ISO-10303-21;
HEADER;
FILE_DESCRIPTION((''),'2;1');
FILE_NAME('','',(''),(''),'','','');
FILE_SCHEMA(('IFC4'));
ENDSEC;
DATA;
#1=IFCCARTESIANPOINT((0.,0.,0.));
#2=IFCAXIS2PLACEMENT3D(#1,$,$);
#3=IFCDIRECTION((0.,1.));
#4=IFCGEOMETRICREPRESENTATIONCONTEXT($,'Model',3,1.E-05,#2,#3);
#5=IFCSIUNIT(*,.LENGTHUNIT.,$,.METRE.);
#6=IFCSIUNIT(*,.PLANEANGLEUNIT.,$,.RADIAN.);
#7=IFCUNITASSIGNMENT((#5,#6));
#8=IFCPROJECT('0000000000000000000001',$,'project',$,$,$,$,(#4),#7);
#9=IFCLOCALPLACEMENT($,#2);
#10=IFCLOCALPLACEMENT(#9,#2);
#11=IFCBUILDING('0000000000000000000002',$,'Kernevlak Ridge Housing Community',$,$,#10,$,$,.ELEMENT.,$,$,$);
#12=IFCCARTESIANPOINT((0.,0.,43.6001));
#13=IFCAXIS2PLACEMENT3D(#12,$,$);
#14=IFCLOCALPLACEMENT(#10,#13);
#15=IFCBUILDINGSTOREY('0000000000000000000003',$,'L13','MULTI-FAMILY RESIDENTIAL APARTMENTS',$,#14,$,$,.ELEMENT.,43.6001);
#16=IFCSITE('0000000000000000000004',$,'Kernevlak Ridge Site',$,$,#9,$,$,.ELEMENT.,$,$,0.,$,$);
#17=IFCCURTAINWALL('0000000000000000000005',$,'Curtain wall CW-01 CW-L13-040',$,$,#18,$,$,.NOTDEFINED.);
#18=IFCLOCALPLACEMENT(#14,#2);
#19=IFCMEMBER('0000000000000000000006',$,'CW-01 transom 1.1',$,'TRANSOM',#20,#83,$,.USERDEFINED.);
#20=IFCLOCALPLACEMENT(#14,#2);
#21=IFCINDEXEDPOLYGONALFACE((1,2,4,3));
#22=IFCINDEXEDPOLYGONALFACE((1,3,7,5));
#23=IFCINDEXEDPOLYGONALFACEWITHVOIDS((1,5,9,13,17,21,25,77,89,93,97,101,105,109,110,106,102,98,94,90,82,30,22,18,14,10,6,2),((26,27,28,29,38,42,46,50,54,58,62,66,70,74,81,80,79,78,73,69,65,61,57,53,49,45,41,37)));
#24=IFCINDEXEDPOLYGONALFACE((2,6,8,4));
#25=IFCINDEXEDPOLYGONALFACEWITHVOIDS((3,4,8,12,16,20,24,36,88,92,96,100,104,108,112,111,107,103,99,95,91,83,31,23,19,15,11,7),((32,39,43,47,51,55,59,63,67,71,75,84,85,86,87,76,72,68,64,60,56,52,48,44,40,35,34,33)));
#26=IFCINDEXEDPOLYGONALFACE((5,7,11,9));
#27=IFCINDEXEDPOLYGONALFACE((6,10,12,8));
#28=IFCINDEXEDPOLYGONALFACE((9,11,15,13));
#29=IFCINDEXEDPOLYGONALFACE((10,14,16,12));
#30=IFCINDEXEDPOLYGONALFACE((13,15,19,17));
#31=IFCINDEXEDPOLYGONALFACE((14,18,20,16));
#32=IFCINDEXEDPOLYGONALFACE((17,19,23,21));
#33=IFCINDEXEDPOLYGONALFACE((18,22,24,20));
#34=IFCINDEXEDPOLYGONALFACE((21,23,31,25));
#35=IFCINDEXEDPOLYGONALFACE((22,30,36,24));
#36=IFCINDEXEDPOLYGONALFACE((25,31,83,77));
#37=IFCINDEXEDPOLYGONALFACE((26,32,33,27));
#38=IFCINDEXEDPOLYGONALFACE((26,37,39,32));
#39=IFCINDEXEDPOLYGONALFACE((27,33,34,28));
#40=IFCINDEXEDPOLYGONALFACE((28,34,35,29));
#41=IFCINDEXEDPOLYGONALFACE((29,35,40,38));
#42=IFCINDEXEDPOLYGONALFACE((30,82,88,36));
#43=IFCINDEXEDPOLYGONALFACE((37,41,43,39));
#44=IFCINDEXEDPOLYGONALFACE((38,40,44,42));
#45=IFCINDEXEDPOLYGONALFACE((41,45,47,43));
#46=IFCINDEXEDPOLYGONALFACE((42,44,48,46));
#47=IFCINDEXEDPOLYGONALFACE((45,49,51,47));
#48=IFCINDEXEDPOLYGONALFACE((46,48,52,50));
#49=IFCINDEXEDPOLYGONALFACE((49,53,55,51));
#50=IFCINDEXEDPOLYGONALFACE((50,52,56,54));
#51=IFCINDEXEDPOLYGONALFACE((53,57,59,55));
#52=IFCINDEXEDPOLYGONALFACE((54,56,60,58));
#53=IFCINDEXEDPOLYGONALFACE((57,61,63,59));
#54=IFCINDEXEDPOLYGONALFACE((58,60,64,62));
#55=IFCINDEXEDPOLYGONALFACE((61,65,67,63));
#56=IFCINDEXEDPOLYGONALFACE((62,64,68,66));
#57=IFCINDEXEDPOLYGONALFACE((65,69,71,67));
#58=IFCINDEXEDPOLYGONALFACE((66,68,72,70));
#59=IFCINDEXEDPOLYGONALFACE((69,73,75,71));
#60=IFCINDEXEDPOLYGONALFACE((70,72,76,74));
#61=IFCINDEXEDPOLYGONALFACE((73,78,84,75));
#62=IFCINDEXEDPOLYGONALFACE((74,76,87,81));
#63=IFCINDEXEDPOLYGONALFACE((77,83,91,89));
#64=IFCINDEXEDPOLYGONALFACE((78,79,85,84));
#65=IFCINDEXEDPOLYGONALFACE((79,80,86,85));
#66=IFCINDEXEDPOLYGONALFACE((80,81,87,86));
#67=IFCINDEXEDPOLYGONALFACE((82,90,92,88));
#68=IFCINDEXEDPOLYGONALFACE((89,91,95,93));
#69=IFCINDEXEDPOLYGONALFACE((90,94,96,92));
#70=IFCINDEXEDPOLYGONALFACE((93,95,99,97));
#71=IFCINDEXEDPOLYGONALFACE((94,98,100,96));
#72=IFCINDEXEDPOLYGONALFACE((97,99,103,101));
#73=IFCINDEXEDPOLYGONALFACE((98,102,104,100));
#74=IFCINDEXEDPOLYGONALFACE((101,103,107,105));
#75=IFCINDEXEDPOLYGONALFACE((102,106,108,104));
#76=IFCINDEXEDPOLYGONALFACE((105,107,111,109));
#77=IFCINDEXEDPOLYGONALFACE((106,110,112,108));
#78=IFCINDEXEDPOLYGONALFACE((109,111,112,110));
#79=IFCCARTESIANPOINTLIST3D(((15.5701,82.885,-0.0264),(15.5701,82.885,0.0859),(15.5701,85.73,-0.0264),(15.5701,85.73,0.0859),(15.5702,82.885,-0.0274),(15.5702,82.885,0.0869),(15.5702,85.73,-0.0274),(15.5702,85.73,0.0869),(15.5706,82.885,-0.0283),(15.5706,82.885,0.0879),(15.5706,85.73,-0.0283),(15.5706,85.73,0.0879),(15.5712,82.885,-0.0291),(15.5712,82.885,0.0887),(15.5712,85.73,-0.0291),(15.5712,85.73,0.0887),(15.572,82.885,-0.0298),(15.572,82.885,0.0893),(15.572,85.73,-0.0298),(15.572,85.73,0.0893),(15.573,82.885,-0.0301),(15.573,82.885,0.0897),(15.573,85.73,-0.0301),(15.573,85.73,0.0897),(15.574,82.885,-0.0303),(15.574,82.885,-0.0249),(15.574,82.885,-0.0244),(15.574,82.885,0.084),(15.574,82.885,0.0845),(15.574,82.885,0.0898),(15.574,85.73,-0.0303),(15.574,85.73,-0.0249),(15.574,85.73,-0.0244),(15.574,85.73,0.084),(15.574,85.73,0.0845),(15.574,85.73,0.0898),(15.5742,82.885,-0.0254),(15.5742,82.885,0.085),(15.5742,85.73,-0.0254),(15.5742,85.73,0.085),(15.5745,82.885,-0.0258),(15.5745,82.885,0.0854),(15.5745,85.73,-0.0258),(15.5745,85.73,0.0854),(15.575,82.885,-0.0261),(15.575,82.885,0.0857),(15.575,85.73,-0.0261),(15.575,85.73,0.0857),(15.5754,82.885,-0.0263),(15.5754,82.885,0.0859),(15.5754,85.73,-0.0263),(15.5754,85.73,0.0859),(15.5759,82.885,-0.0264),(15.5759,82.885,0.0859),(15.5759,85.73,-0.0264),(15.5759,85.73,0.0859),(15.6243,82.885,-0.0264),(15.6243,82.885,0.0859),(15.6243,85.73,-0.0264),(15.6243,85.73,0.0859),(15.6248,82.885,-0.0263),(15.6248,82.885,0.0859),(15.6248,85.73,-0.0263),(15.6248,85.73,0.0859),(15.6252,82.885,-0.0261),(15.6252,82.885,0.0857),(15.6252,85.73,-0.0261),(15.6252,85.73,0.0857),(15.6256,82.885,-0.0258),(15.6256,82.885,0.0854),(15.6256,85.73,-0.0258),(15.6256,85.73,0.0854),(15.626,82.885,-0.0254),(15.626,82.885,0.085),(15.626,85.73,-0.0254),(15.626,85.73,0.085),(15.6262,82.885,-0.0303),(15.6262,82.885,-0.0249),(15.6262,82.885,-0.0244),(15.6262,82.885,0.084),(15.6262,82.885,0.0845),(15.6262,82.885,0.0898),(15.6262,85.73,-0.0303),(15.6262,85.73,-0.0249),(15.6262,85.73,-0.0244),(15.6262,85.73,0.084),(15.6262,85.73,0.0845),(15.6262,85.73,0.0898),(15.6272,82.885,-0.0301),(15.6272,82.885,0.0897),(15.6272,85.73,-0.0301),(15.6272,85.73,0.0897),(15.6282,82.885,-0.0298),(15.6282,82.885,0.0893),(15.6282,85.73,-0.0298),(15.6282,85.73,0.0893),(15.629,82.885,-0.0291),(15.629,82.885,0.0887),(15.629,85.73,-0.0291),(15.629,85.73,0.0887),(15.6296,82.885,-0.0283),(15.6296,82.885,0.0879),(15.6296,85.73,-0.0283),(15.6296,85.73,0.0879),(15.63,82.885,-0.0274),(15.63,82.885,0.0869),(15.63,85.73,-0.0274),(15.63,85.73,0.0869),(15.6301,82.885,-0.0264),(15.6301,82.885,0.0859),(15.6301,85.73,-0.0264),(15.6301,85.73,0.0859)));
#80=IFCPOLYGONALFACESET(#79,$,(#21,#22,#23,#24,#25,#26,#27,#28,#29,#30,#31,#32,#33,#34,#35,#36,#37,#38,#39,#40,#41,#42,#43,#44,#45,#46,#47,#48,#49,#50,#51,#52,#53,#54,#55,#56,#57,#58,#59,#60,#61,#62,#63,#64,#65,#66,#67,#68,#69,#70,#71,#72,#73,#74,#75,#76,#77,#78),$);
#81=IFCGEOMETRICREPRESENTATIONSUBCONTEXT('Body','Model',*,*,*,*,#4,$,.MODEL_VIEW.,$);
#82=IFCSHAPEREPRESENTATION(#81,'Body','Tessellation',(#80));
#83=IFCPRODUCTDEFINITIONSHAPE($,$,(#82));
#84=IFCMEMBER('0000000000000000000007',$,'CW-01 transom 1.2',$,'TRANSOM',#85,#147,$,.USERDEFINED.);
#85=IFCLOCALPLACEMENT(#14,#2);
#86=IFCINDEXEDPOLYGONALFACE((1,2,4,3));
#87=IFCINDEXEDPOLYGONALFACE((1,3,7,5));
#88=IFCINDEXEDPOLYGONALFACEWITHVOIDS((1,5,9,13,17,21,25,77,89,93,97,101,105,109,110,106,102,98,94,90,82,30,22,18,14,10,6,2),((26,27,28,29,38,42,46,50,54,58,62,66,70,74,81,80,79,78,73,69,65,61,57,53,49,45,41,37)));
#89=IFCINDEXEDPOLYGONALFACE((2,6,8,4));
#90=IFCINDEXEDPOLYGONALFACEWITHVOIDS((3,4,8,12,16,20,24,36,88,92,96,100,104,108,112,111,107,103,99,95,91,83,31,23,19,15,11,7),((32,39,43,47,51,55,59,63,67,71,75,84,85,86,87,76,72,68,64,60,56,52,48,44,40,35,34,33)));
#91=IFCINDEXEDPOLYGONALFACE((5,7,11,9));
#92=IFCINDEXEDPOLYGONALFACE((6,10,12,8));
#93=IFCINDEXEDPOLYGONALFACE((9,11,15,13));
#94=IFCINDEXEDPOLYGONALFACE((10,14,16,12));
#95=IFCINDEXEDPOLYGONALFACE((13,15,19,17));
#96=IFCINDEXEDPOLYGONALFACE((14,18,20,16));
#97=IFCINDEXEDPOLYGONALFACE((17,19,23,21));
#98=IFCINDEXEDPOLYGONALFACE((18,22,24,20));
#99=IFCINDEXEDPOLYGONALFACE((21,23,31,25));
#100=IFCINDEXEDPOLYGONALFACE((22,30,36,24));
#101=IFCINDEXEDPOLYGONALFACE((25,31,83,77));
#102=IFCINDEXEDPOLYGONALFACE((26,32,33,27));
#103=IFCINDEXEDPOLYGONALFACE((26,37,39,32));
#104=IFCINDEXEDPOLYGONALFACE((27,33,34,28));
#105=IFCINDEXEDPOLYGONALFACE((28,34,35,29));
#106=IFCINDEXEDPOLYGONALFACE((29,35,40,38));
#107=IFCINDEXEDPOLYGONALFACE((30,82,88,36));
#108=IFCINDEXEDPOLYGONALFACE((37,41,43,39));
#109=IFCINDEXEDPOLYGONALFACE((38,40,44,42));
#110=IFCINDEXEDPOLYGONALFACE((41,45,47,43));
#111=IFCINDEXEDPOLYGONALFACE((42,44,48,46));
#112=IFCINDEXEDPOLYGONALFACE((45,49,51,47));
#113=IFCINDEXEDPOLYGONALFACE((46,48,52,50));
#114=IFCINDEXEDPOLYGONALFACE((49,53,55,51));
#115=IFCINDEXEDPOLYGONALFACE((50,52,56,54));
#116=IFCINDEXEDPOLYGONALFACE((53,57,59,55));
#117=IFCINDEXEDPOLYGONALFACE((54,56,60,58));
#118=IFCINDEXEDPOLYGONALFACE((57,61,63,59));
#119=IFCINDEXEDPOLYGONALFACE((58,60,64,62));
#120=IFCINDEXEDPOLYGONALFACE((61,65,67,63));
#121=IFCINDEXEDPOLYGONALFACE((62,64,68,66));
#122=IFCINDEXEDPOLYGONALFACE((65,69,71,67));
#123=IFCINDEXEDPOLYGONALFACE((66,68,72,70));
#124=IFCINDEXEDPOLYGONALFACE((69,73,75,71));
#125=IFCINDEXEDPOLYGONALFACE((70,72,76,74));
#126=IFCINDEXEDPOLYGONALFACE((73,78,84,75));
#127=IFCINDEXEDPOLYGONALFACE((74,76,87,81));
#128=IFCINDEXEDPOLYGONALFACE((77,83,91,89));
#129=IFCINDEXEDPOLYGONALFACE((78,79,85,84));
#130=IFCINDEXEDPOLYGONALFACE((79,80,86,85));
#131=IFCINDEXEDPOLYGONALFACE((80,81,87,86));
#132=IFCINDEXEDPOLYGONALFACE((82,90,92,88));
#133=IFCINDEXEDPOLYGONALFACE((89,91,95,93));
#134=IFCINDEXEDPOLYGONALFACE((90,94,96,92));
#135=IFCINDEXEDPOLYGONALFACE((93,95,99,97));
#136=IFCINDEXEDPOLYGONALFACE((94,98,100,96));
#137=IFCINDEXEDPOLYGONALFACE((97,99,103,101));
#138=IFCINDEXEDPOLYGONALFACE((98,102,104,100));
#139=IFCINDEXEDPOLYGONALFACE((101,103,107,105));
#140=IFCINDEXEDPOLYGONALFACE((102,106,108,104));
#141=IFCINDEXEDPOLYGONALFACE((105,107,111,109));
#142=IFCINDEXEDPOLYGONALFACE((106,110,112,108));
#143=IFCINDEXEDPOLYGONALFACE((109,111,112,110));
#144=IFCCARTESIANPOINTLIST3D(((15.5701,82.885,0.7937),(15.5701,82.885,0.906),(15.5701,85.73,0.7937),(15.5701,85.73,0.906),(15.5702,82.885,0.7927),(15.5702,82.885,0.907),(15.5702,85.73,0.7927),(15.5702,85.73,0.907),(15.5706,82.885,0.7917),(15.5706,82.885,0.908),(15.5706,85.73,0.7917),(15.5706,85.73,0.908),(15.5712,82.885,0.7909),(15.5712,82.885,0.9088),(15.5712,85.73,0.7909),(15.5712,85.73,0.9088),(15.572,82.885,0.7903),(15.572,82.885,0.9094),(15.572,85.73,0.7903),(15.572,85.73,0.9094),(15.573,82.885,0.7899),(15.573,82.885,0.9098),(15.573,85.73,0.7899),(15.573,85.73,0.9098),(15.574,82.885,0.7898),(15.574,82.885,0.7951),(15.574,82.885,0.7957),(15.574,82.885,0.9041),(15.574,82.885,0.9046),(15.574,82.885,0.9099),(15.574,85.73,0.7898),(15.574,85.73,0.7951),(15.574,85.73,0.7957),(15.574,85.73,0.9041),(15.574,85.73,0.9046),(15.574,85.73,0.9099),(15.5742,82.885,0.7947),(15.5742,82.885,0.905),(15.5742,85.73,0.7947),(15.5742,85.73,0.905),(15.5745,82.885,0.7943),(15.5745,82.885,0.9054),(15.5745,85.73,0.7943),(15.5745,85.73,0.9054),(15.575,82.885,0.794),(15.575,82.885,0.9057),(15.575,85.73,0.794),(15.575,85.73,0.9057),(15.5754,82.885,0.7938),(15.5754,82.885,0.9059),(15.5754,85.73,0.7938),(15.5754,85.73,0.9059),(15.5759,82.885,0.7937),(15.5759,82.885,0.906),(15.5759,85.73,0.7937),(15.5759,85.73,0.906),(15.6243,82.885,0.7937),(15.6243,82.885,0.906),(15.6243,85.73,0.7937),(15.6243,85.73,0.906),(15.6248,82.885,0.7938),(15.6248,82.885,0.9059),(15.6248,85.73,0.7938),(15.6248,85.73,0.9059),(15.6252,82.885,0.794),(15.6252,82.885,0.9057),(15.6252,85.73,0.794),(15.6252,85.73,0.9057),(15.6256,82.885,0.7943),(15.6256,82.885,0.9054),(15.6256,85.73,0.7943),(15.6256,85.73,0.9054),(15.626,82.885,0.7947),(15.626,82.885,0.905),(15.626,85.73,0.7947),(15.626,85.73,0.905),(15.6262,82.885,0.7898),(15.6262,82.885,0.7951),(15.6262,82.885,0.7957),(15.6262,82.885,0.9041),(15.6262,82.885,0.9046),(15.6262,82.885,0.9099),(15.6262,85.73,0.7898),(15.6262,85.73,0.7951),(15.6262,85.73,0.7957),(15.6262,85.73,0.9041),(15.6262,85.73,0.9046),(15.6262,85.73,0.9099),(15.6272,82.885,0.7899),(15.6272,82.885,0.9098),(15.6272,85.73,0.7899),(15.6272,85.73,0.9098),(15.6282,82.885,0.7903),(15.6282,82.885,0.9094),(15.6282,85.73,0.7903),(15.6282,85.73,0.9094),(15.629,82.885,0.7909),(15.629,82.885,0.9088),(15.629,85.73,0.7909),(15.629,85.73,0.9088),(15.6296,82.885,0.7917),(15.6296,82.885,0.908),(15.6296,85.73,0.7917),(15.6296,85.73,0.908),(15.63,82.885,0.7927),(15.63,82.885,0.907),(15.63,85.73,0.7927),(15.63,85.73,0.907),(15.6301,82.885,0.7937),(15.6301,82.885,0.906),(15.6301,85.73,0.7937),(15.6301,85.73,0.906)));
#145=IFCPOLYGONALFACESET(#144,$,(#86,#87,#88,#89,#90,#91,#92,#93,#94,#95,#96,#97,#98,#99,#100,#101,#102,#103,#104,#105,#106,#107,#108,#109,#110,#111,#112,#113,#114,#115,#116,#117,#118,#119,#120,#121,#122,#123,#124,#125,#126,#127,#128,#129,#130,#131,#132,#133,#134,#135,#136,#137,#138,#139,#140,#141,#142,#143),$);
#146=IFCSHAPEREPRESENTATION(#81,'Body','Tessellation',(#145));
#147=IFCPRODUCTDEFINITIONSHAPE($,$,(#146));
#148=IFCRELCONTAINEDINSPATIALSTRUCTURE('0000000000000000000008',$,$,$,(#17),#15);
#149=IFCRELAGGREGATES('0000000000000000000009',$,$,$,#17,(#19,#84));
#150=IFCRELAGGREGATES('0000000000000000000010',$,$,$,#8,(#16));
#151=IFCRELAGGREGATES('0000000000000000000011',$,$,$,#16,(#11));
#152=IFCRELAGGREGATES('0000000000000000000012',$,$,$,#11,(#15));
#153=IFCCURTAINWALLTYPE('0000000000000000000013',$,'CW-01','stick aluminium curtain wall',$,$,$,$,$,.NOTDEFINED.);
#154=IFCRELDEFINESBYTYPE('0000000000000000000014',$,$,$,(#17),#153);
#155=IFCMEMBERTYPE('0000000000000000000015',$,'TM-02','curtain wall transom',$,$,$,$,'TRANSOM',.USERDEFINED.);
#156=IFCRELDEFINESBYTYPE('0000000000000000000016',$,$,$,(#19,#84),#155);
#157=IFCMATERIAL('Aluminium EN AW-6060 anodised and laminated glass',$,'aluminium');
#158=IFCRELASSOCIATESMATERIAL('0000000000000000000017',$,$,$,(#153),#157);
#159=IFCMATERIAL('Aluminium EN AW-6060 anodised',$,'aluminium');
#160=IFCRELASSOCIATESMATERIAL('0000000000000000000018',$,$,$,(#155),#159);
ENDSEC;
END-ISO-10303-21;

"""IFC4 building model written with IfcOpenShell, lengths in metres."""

from ifc_helpers import new_model, si_unit, direction, frame, origin, origin_2d, place, context, subcontext, project, spatial, hollow_rectangle, extrude, material, material_profile, profile_set, type_object, element, aggregate, save


model = new_model("IFC4")

# Units and contexts
model_context = context("Model", 3, precision=1e-05, world=origin(), true_north=direction((0.0, 1.0)))
body_context = subcontext(model_context, "Body", "Model", "MODEL_VIEW")
ifc_project = project(units=[si_unit("LENGTHUNIT", "METRE"), si_unit("PLANEANGLEUNIT", "RADIAN")], contexts=[model_context])

# Site, building, storey
site_placement = place(None, origin())
site = spatial("IfcSite", under=ifc_project, at=site_placement, Name="Kernevlak Ridge Site", CompositionType="ELEMENT", RefElevation=0.0)
building_placement = place(site_placement, origin())
building = spatial("IfcBuilding", under=site, at=building_placement, Name="Kernevlak Ridge Housing Community", CompositionType="ELEMENT")
storey_placement = place(building_placement, frame((0.0, 0.0, 43.6001)))
storey = spatial("IfcBuildingStorey", under=building, at=storey_placement, Name="L13", Description="MULTI-FAMILY RESIDENTIAL APARTMENTS", CompositionType="ELEMENT", Elevation=43.6001)

# Curtain wall
ifc_material_1 = material(Name="Aluminium EN AW-6060 anodised and laminated glass", Category="aluminium")
curtain_wall_type = type_object("IfcCurtainWallType", Name="CW-01", Description="stick aluminium curtain wall", PredefinedType="NOTDEFINED", material=ifc_material_1)
curtain_wall_placement = place(storey_placement, origin())
curtain_wall = element("IfcCurtainWall", 1, at=curtain_wall_placement, inside=storey, type_object=curtain_wall_type, Name="Curtain wall CW-01 CW-L13-040", PredefinedType="NOTDEFINED")
ifc_material_2 = material(Name="Aluminium EN AW-6060 anodised", Category="aluminium")

# Members
ifc_material_profile_1 = material_profile(ifc_material_2, hollow_rectangle(XDim=0.0601, YDim=0.1201, WallThickness=0.0039, InnerFilletRadius=0.002, OuterFilletRadius=0.0039, at=origin_2d()), Name="ALU 60x120x4")
ifc_profile_set_1 = profile_set([ifc_material_profile_1], Name="Aluminium EN AW-6060 anodised")
member_type_1 = type_object("IfcMemberType", Name="TM-02", Description="curtain wall transom", ElementType="TRANSOM", PredefinedType="USERDEFINED", material=ifc_profile_set_1)
member_1_placement = place(storey_placement, frame((15.6001, 82.885, 0.0298), z_axis=(0.0, 1.0, 0.0), x_axis=(-1.0, 0.0, 0.0)))
member_1 = element("IfcMember", 2, at=member_1_placement, type_object=member_type_1, Name="CW-01 transom 1.1", ObjectType="TRANSOM", PredefinedType="USERDEFINED", context=body_context, shape_type="SweptSolid", body=[
    extrude(hollow_rectangle(XDim=0.0601, YDim=0.1201, WallThickness=0.0039, InnerFilletRadius=0.002, OuterFilletRadius=0.0039, at=origin_2d()), origin(), (0.0, 0.0, 1.0), 2.845),
])
member_2_placement = place(storey_placement, frame((15.6001, 82.885, 0.8499), z_axis=(0.0, 1.0, 0.0), x_axis=(-1.0, 0.0, 0.0)))
member_2 = element("IfcMember", 3, at=member_2_placement, type_object=member_type_1, Name="CW-01 transom 1.2", ObjectType="TRANSOM", PredefinedType="USERDEFINED", context=body_context, shape_type="SweptSolid", body=[
    extrude(hollow_rectangle(XDim=0.0601, YDim=0.1201, WallThickness=0.0039, InnerFilletRadius=0.002, OuterFilletRadius=0.0039, at=origin_2d()), origin(), (0.0, 0.0, 1.0), 2.845),
])

aggregate(curtain_wall, [member_1, member_2])

save(model, "model.ifc")
